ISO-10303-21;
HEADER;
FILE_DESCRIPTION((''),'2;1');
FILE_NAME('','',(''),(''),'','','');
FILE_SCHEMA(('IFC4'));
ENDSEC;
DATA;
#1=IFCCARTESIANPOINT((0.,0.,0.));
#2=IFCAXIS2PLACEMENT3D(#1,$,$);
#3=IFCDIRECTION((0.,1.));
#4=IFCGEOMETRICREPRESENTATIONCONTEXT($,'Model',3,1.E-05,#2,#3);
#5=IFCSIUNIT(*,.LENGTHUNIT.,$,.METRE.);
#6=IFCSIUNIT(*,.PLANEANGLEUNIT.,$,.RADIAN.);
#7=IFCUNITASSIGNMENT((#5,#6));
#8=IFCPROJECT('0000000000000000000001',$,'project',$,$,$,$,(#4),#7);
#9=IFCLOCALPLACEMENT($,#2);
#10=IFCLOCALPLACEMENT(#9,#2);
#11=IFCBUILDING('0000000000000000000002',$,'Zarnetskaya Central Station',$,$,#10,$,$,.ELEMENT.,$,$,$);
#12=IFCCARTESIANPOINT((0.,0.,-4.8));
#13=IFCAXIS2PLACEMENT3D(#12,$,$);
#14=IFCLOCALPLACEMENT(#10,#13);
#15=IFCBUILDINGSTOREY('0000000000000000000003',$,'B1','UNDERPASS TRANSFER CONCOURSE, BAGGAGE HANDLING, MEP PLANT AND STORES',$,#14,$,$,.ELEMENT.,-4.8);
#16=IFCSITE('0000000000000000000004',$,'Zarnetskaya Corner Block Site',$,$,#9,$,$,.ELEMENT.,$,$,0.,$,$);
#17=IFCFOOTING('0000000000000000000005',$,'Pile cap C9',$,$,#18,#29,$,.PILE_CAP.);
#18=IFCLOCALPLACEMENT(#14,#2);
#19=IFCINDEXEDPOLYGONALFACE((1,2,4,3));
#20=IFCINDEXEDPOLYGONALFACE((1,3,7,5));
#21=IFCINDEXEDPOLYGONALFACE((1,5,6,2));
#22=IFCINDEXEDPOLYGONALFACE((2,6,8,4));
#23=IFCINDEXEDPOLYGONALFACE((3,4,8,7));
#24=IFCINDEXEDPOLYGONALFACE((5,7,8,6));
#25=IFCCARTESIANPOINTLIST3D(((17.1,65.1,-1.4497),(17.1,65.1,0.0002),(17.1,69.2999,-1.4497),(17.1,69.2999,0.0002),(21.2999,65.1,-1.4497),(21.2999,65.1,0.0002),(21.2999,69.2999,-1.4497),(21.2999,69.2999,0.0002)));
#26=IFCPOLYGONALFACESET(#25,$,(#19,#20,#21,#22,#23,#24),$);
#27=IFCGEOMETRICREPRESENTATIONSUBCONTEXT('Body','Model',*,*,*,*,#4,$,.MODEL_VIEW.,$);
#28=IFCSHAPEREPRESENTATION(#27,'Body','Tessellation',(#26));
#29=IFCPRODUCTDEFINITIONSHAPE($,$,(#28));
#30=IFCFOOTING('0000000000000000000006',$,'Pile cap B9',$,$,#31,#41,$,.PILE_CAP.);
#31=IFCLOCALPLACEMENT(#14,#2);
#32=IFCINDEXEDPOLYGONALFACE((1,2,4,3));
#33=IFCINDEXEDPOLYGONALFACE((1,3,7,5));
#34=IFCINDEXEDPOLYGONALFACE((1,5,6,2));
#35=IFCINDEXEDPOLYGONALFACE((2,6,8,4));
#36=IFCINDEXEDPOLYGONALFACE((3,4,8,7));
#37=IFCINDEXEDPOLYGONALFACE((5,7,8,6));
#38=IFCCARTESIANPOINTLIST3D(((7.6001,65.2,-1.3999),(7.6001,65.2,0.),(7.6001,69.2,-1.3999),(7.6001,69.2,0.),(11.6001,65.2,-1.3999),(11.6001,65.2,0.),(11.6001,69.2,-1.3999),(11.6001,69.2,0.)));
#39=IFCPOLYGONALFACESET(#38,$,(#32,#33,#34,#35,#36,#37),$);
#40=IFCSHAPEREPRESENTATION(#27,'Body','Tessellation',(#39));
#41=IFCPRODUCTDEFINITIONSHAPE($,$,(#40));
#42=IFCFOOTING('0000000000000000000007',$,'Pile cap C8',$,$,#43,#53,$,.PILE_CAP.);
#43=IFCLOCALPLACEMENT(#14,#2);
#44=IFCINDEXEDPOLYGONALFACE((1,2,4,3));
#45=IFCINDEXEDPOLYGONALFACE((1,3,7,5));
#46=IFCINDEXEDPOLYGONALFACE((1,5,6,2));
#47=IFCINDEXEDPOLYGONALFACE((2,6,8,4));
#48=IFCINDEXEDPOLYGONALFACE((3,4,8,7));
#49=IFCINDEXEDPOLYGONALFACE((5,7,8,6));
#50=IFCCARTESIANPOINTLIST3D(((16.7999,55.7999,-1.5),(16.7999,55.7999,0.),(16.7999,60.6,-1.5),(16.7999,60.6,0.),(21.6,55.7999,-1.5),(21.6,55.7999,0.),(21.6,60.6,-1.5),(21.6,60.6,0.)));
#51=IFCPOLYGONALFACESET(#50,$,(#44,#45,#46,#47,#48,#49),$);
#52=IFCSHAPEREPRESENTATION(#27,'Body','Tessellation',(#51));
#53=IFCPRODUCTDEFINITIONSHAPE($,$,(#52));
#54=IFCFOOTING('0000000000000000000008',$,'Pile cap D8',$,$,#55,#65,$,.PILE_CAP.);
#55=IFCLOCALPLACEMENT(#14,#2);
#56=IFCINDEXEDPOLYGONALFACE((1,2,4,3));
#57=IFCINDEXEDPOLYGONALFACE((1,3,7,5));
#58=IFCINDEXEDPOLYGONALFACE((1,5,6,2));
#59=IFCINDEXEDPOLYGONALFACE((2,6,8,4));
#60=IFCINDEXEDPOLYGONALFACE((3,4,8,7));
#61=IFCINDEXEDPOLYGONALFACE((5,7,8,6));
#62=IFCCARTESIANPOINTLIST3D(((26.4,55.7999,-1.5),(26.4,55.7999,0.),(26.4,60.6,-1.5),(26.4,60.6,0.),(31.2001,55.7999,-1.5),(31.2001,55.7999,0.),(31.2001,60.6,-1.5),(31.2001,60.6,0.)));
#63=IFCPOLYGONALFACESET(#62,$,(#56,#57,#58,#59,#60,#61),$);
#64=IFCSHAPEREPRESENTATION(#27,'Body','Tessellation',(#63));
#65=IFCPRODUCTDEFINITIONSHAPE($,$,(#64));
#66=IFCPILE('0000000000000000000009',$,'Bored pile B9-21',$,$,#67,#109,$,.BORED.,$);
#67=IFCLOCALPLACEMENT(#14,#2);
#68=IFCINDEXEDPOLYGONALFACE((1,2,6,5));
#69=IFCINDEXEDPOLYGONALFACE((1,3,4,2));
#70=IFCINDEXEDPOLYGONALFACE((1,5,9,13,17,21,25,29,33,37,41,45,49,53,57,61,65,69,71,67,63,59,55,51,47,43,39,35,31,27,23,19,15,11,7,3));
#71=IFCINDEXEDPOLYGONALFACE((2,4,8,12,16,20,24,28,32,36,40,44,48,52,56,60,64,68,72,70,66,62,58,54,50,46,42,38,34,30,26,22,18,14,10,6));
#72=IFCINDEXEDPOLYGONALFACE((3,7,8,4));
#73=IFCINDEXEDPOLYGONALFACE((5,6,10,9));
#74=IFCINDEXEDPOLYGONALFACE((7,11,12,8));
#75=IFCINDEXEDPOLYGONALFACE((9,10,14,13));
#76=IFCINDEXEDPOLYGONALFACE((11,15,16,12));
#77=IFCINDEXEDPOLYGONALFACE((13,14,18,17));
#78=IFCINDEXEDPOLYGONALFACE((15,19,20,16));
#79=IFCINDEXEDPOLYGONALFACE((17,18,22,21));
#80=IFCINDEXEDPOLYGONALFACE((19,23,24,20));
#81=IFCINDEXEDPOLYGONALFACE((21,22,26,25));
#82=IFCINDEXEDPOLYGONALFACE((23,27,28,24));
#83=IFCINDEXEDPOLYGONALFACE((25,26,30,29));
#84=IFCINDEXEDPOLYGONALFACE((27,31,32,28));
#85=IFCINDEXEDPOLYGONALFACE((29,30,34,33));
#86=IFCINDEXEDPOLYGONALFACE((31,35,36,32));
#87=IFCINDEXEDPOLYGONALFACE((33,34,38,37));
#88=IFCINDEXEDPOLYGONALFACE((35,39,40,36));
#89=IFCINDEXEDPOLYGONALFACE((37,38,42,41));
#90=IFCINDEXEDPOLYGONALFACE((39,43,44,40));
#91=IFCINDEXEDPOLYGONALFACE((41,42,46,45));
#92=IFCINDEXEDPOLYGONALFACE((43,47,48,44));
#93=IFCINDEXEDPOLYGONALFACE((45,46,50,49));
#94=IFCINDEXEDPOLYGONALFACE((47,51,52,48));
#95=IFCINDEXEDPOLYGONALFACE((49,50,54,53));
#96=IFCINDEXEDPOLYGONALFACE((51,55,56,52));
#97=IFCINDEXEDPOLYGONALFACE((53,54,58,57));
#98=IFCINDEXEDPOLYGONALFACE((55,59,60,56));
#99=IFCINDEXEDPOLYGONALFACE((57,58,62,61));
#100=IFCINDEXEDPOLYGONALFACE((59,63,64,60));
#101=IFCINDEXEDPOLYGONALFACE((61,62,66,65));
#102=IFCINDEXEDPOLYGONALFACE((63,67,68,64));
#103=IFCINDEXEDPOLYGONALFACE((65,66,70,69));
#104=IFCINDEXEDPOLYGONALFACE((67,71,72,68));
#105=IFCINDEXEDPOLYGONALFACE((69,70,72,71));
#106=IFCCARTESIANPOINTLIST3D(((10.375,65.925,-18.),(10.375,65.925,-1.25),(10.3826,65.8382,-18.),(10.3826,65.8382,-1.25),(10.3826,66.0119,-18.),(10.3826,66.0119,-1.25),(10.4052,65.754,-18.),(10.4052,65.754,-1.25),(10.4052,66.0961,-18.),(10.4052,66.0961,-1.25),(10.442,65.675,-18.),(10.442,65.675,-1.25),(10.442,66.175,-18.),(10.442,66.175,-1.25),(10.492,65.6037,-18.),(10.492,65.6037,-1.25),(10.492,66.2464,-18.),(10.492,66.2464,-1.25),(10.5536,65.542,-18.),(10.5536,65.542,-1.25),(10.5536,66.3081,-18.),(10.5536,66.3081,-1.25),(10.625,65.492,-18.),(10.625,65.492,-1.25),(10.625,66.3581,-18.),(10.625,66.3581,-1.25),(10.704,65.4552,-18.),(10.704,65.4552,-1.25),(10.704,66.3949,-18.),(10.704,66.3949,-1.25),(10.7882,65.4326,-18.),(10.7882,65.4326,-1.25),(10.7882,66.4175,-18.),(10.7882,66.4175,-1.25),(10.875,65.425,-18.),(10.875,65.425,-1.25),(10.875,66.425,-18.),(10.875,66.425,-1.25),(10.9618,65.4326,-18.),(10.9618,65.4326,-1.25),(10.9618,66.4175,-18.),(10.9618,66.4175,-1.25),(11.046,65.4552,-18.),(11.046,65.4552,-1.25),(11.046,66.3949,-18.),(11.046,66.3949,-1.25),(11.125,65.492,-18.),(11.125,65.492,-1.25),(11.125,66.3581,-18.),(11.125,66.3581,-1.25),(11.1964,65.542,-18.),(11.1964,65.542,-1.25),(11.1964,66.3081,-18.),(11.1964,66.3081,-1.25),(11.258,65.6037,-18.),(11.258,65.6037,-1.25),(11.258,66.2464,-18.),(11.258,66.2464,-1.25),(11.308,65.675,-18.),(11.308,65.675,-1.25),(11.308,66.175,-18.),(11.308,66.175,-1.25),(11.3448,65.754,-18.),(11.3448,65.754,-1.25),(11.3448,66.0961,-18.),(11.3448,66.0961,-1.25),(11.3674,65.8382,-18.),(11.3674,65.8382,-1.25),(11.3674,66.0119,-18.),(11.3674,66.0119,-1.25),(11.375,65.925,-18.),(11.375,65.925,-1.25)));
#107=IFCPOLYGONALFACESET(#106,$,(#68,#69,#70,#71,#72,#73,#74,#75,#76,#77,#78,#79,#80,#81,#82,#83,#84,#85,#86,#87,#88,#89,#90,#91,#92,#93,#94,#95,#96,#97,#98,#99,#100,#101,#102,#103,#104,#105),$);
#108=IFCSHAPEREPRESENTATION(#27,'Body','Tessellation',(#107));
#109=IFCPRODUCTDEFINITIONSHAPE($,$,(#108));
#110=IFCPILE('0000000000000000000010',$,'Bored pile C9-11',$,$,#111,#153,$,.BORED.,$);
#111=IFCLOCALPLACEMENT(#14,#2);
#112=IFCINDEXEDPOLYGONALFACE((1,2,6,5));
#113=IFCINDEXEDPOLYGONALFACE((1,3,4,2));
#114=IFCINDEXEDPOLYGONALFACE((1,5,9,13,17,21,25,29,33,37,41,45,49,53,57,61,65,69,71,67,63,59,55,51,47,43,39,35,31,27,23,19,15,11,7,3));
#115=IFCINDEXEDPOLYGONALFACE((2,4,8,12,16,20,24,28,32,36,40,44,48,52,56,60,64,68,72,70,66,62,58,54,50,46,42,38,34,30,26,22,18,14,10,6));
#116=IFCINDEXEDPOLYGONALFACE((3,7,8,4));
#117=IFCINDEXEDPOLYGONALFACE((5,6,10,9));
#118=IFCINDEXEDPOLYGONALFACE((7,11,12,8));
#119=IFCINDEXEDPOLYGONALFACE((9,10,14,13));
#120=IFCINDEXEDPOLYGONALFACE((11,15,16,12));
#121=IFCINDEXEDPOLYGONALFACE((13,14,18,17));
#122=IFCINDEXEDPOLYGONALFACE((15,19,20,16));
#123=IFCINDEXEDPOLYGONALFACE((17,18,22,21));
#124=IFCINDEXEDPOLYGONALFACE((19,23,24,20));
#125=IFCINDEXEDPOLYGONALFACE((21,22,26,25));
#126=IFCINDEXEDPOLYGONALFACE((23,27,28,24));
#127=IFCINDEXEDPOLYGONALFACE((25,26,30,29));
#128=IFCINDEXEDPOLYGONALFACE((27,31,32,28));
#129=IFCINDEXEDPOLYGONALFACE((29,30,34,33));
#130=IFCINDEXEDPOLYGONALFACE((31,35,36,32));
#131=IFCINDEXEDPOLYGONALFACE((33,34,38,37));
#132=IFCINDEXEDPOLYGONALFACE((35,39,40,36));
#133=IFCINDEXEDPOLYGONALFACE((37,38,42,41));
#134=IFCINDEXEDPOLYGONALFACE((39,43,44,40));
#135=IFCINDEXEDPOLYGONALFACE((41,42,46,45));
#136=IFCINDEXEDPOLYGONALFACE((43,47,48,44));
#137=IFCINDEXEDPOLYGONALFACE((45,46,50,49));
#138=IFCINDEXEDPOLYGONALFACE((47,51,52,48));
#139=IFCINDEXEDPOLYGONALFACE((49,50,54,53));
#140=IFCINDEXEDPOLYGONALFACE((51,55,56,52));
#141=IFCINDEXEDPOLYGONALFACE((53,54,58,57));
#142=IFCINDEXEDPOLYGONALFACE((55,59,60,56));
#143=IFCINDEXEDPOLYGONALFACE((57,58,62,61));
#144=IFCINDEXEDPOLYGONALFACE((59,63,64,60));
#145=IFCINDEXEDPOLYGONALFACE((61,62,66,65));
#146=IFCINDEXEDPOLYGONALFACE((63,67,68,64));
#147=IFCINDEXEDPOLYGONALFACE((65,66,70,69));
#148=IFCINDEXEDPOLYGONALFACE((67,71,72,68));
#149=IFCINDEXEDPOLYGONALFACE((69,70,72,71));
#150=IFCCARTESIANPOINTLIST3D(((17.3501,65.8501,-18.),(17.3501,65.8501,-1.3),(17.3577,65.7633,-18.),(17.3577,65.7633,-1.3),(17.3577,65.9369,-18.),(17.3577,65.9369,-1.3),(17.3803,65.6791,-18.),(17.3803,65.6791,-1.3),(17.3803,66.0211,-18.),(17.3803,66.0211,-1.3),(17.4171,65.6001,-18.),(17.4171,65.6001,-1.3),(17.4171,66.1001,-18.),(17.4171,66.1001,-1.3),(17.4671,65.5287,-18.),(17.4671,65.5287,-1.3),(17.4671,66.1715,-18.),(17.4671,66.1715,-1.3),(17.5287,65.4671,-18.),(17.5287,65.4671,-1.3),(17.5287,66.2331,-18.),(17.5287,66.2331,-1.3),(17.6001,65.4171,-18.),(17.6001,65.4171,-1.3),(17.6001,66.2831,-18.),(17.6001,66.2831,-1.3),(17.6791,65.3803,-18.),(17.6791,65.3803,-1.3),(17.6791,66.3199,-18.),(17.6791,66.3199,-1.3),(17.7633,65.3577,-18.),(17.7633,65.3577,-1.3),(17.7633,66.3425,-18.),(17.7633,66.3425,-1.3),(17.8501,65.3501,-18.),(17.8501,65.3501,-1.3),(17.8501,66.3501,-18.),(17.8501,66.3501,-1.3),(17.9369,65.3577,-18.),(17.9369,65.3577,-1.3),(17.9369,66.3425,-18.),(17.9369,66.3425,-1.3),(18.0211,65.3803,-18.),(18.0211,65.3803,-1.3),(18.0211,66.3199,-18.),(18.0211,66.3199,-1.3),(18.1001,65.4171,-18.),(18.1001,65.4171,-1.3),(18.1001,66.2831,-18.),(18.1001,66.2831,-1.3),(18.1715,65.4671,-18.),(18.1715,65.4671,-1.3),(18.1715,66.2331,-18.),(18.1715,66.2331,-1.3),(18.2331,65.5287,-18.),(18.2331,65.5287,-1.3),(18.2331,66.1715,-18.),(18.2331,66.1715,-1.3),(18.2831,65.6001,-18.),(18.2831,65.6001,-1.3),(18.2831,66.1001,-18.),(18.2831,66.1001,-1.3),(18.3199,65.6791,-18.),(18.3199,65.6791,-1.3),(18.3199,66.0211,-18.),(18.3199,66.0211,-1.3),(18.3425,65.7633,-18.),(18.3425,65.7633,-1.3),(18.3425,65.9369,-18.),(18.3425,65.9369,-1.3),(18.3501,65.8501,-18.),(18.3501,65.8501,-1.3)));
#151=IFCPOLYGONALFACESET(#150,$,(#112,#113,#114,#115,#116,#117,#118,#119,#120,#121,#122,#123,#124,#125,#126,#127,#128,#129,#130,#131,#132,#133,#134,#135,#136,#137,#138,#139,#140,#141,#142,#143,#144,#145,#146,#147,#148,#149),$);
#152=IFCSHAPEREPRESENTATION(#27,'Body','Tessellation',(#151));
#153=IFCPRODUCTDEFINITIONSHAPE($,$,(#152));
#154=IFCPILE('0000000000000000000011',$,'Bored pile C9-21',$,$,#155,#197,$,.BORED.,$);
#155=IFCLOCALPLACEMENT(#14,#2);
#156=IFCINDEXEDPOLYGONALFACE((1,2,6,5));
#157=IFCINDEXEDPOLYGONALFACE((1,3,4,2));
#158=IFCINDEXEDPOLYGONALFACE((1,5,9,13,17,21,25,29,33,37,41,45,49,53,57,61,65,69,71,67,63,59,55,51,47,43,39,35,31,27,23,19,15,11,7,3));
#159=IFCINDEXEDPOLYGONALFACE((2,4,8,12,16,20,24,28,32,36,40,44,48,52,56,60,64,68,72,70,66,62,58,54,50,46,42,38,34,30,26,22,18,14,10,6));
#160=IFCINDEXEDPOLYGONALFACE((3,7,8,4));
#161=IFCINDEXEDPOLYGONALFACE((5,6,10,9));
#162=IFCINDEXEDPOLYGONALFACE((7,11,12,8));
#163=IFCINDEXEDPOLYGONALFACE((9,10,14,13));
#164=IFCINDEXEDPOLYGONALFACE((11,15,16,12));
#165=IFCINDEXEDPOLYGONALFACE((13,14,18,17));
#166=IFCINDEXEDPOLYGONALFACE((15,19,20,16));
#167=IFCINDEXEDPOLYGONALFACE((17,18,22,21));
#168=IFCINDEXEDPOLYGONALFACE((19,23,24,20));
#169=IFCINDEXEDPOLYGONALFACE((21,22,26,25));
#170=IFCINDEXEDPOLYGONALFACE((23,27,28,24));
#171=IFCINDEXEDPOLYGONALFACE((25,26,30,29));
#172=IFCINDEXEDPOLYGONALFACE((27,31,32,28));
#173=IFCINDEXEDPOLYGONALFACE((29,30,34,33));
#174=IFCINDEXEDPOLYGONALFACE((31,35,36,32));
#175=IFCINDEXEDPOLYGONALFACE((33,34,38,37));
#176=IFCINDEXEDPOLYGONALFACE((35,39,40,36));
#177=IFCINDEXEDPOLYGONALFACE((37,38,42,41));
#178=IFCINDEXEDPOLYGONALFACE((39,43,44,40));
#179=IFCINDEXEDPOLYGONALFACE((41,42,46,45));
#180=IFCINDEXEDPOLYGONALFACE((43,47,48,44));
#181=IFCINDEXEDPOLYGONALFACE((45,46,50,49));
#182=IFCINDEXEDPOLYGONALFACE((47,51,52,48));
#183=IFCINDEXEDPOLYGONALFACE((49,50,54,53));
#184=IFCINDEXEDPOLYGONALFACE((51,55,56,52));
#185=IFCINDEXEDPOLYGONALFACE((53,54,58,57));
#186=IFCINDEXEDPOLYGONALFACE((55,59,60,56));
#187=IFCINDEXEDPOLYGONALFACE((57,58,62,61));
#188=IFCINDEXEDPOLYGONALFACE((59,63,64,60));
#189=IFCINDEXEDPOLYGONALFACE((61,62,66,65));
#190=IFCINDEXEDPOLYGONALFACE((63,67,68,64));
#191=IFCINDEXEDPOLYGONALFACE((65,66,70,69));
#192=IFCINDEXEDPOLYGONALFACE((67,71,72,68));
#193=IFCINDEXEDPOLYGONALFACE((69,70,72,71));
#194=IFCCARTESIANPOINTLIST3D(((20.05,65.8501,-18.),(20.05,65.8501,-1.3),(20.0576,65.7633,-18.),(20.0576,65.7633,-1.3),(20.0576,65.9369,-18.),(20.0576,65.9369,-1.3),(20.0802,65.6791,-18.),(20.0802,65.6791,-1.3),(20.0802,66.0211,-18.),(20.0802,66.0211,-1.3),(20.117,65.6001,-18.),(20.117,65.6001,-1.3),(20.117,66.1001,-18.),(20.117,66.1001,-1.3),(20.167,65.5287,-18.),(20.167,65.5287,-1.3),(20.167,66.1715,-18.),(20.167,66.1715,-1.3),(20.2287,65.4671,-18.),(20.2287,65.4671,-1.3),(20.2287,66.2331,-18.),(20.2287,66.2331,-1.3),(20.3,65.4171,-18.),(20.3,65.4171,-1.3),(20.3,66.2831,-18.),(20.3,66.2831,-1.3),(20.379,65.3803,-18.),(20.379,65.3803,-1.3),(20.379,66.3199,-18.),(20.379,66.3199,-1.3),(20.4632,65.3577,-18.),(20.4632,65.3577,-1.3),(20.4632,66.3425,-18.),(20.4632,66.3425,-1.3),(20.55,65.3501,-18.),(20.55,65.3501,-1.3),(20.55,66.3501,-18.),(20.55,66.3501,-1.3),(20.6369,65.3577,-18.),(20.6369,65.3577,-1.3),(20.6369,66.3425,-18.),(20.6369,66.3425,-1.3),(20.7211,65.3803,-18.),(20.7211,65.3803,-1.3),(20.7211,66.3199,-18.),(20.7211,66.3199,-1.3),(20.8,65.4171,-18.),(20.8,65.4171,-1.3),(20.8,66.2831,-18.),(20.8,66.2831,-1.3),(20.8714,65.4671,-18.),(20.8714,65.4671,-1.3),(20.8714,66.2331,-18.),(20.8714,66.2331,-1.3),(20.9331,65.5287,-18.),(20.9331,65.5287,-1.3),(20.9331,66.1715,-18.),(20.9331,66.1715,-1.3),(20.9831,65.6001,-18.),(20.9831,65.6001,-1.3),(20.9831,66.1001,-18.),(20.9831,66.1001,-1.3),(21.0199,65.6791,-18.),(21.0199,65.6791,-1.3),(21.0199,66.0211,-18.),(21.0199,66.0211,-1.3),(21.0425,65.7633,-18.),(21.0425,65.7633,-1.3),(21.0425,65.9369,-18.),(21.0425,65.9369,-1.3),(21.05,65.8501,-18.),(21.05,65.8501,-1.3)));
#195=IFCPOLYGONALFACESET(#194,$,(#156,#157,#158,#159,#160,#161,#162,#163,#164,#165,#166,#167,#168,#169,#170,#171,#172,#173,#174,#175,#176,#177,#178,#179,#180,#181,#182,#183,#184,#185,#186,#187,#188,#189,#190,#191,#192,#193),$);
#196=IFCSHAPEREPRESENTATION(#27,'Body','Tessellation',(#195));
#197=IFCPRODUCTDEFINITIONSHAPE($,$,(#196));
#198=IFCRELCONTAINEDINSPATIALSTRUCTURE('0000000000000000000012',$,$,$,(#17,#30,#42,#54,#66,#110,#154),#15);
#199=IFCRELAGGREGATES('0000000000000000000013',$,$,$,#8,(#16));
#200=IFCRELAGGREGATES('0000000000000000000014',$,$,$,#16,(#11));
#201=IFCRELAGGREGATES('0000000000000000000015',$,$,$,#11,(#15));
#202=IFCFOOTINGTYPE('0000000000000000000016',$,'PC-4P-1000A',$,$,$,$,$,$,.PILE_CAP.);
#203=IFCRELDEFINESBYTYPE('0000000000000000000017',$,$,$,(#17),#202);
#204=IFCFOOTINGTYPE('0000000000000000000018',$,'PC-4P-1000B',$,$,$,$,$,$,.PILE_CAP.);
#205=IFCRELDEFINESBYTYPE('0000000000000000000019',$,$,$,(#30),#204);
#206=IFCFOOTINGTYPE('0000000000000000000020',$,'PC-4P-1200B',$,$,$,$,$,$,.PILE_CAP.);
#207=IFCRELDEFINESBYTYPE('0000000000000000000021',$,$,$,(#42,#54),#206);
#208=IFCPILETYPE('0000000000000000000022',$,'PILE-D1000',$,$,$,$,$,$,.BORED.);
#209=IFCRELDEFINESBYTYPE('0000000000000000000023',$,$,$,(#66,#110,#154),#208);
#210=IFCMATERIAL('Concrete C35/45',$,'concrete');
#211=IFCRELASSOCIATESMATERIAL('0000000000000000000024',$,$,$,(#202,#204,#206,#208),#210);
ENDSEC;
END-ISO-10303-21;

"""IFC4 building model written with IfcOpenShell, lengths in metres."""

from ifc_helpers import new_model, si_unit, direction, frame, origin, origin_2d, place, context, subcontext, project, spatial, rectangle, circle, extrude, material, material_profile, profile_set, type_object, element, save


model = new_model("IFC4")

# Units and contexts
model_context = context("Model", 3, precision=1e-05, world=origin(), true_north=direction((0.0, 1.0)))
body_context = subcontext(model_context, "Body", "Model", "MODEL_VIEW")
ifc_project = project(units=[si_unit("LENGTHUNIT", "METRE"), si_unit("PLANEANGLEUNIT", "RADIAN")], contexts=[model_context])

# Site, building, storey
site_placement = place(None, origin())
site = spatial("IfcSite", under=ifc_project, at=site_placement, Name="Zarnetskaya Corner Block Site", CompositionType="ELEMENT", RefElevation=0.0)
building_placement = place(site_placement, origin())
building = spatial("IfcBuilding", under=site, at=building_placement, Name="Zarnetskaya Central Station", CompositionType="ELEMENT")
storey_placement = place(building_placement, frame((0.0, 0.0, -4.8)))
storey = spatial("IfcBuildingStorey", under=building, at=storey_placement, Name="B1", Description="UNDERPASS TRANSFER CONCOURSE, BAGGAGE HANDLING, MEP PLANT AND STORES", CompositionType="ELEMENT", Elevation=-4.8)

# Footings
ifc_material = material(Name="Concrete C35/45", Category="concrete")
footing_type_1 = type_object("IfcFootingType", Name="PC-4P-1000A", PredefinedType="PILE_CAP", material=ifc_material)
footing_1_placement = place(storey_placement, frame((19.2, 67.2, -1.4497), z_axis=(0.0, 0.0, 1.0), x_axis=(1.0, 0.0, 0.0)))
element("IfcFooting", 1, at=footing_1_placement, inside=storey, type_object=footing_type_1, Name="Pile cap C9", PredefinedType="PILE_CAP", context=body_context, shape_type="SweptSolid", body=[
    extrude(rectangle(XDim=4.2, YDim=4.2, at=origin_2d()), origin(), (0.0, 0.0, 1.0), 1.45),
])
footing_type_2 = type_object("IfcFootingType", Name="PC-4P-1000B", PredefinedType="PILE_CAP", material=ifc_material)
footing_2_placement = place(storey_placement, frame((9.6001, 67.2, -1.3999), z_axis=(0.0, 0.0, 1.0), x_axis=(1.0, 0.0, 0.0)))
element("IfcFooting", 2, at=footing_2_placement, inside=storey, type_object=footing_type_2, Name="Pile cap B9", PredefinedType="PILE_CAP", context=body_context, shape_type="SweptSolid", body=[
    extrude(rectangle(XDim=4.0, YDim=4.0, at=origin_2d()), origin(), (0.0, 0.0, 1.0), 1.3999),
])
footing_type_3 = type_object("IfcFootingType", Name="PC-4P-1200B", PredefinedType="PILE_CAP", material=ifc_material)
for number, where, z_axis, x_axis, name in (
    (3, (19.2, 58.2, -1.5), (0.0, 0.0, 1.0), (1.0, 0.0, 0.0), "Pile cap C8"),
    (4, (28.8, 58.2, -1.5), (0.0, 0.0, 1.0), (1.0, 0.0, 0.0), "Pile cap D8"),
):
    element("IfcFooting", number, at=place(storey_placement, frame(where, z_axis=z_axis, x_axis=x_axis)), inside=storey, type_object=footing_type_3, Name=name, PredefinedType="PILE_CAP", context=body_context, shape_type="SweptSolid", body=[
        extrude(rectangle(XDim=4.8, YDim=4.8, at=origin_2d()), origin(), (0.0, 0.0, 1.0), 1.5),
    ])

# Piles
ifc_material_profile_1 = material_profile(ifc_material, circle(Radius=0.5, at=origin_2d()), Name="BORED PILE D1000")
ifc_profile_set_1 = profile_set([ifc_material_profile_1], Name="Concrete C35/45")
pile_type_1 = type_object("IfcPileType", Name="PILE-D1000", PredefinedType="BORED", material=ifc_profile_set_1)
pile_1_placement = place(storey_placement, frame((10.875, 65.925, -1.25), z_axis=(0.0, 0.0, -1.0), x_axis=(1.0, 0.0, 0.0)))
element("IfcPile", 5, at=pile_1_placement, inside=storey, type_object=pile_type_1, Name="Bored pile B9-21", PredefinedType="BORED", context=body_context, shape_type="SweptSolid", body=[
    extrude(circle(Radius=0.5, at=origin_2d()), origin(), (0.0, 0.0, 1.0), 16.75),
])
for number, where, z_axis, x_axis, name in (
    (6, (17.8501, 65.8501, -1.3), (0.0, 0.0, -1.0), (1.0, 0.0, 0.0), "Bored pile C9-11"),
    (7, (20.55, 65.8501, -1.3), (0.0, 0.0, -1.0), (1.0, 0.0, 0.0), "Bored pile C9-21"),
):
    element("IfcPile", number, at=place(storey_placement, frame(where, z_axis=z_axis, x_axis=x_axis)), inside=storey, type_object=pile_type_1, Name=name, PredefinedType="BORED", context=body_context, shape_type="SweptSolid", body=[
        extrude(circle(Radius=0.5, at=origin_2d()), origin(), (0.0, 0.0, 1.0), 16.7),
    ])

save(model, "model.ifc")
